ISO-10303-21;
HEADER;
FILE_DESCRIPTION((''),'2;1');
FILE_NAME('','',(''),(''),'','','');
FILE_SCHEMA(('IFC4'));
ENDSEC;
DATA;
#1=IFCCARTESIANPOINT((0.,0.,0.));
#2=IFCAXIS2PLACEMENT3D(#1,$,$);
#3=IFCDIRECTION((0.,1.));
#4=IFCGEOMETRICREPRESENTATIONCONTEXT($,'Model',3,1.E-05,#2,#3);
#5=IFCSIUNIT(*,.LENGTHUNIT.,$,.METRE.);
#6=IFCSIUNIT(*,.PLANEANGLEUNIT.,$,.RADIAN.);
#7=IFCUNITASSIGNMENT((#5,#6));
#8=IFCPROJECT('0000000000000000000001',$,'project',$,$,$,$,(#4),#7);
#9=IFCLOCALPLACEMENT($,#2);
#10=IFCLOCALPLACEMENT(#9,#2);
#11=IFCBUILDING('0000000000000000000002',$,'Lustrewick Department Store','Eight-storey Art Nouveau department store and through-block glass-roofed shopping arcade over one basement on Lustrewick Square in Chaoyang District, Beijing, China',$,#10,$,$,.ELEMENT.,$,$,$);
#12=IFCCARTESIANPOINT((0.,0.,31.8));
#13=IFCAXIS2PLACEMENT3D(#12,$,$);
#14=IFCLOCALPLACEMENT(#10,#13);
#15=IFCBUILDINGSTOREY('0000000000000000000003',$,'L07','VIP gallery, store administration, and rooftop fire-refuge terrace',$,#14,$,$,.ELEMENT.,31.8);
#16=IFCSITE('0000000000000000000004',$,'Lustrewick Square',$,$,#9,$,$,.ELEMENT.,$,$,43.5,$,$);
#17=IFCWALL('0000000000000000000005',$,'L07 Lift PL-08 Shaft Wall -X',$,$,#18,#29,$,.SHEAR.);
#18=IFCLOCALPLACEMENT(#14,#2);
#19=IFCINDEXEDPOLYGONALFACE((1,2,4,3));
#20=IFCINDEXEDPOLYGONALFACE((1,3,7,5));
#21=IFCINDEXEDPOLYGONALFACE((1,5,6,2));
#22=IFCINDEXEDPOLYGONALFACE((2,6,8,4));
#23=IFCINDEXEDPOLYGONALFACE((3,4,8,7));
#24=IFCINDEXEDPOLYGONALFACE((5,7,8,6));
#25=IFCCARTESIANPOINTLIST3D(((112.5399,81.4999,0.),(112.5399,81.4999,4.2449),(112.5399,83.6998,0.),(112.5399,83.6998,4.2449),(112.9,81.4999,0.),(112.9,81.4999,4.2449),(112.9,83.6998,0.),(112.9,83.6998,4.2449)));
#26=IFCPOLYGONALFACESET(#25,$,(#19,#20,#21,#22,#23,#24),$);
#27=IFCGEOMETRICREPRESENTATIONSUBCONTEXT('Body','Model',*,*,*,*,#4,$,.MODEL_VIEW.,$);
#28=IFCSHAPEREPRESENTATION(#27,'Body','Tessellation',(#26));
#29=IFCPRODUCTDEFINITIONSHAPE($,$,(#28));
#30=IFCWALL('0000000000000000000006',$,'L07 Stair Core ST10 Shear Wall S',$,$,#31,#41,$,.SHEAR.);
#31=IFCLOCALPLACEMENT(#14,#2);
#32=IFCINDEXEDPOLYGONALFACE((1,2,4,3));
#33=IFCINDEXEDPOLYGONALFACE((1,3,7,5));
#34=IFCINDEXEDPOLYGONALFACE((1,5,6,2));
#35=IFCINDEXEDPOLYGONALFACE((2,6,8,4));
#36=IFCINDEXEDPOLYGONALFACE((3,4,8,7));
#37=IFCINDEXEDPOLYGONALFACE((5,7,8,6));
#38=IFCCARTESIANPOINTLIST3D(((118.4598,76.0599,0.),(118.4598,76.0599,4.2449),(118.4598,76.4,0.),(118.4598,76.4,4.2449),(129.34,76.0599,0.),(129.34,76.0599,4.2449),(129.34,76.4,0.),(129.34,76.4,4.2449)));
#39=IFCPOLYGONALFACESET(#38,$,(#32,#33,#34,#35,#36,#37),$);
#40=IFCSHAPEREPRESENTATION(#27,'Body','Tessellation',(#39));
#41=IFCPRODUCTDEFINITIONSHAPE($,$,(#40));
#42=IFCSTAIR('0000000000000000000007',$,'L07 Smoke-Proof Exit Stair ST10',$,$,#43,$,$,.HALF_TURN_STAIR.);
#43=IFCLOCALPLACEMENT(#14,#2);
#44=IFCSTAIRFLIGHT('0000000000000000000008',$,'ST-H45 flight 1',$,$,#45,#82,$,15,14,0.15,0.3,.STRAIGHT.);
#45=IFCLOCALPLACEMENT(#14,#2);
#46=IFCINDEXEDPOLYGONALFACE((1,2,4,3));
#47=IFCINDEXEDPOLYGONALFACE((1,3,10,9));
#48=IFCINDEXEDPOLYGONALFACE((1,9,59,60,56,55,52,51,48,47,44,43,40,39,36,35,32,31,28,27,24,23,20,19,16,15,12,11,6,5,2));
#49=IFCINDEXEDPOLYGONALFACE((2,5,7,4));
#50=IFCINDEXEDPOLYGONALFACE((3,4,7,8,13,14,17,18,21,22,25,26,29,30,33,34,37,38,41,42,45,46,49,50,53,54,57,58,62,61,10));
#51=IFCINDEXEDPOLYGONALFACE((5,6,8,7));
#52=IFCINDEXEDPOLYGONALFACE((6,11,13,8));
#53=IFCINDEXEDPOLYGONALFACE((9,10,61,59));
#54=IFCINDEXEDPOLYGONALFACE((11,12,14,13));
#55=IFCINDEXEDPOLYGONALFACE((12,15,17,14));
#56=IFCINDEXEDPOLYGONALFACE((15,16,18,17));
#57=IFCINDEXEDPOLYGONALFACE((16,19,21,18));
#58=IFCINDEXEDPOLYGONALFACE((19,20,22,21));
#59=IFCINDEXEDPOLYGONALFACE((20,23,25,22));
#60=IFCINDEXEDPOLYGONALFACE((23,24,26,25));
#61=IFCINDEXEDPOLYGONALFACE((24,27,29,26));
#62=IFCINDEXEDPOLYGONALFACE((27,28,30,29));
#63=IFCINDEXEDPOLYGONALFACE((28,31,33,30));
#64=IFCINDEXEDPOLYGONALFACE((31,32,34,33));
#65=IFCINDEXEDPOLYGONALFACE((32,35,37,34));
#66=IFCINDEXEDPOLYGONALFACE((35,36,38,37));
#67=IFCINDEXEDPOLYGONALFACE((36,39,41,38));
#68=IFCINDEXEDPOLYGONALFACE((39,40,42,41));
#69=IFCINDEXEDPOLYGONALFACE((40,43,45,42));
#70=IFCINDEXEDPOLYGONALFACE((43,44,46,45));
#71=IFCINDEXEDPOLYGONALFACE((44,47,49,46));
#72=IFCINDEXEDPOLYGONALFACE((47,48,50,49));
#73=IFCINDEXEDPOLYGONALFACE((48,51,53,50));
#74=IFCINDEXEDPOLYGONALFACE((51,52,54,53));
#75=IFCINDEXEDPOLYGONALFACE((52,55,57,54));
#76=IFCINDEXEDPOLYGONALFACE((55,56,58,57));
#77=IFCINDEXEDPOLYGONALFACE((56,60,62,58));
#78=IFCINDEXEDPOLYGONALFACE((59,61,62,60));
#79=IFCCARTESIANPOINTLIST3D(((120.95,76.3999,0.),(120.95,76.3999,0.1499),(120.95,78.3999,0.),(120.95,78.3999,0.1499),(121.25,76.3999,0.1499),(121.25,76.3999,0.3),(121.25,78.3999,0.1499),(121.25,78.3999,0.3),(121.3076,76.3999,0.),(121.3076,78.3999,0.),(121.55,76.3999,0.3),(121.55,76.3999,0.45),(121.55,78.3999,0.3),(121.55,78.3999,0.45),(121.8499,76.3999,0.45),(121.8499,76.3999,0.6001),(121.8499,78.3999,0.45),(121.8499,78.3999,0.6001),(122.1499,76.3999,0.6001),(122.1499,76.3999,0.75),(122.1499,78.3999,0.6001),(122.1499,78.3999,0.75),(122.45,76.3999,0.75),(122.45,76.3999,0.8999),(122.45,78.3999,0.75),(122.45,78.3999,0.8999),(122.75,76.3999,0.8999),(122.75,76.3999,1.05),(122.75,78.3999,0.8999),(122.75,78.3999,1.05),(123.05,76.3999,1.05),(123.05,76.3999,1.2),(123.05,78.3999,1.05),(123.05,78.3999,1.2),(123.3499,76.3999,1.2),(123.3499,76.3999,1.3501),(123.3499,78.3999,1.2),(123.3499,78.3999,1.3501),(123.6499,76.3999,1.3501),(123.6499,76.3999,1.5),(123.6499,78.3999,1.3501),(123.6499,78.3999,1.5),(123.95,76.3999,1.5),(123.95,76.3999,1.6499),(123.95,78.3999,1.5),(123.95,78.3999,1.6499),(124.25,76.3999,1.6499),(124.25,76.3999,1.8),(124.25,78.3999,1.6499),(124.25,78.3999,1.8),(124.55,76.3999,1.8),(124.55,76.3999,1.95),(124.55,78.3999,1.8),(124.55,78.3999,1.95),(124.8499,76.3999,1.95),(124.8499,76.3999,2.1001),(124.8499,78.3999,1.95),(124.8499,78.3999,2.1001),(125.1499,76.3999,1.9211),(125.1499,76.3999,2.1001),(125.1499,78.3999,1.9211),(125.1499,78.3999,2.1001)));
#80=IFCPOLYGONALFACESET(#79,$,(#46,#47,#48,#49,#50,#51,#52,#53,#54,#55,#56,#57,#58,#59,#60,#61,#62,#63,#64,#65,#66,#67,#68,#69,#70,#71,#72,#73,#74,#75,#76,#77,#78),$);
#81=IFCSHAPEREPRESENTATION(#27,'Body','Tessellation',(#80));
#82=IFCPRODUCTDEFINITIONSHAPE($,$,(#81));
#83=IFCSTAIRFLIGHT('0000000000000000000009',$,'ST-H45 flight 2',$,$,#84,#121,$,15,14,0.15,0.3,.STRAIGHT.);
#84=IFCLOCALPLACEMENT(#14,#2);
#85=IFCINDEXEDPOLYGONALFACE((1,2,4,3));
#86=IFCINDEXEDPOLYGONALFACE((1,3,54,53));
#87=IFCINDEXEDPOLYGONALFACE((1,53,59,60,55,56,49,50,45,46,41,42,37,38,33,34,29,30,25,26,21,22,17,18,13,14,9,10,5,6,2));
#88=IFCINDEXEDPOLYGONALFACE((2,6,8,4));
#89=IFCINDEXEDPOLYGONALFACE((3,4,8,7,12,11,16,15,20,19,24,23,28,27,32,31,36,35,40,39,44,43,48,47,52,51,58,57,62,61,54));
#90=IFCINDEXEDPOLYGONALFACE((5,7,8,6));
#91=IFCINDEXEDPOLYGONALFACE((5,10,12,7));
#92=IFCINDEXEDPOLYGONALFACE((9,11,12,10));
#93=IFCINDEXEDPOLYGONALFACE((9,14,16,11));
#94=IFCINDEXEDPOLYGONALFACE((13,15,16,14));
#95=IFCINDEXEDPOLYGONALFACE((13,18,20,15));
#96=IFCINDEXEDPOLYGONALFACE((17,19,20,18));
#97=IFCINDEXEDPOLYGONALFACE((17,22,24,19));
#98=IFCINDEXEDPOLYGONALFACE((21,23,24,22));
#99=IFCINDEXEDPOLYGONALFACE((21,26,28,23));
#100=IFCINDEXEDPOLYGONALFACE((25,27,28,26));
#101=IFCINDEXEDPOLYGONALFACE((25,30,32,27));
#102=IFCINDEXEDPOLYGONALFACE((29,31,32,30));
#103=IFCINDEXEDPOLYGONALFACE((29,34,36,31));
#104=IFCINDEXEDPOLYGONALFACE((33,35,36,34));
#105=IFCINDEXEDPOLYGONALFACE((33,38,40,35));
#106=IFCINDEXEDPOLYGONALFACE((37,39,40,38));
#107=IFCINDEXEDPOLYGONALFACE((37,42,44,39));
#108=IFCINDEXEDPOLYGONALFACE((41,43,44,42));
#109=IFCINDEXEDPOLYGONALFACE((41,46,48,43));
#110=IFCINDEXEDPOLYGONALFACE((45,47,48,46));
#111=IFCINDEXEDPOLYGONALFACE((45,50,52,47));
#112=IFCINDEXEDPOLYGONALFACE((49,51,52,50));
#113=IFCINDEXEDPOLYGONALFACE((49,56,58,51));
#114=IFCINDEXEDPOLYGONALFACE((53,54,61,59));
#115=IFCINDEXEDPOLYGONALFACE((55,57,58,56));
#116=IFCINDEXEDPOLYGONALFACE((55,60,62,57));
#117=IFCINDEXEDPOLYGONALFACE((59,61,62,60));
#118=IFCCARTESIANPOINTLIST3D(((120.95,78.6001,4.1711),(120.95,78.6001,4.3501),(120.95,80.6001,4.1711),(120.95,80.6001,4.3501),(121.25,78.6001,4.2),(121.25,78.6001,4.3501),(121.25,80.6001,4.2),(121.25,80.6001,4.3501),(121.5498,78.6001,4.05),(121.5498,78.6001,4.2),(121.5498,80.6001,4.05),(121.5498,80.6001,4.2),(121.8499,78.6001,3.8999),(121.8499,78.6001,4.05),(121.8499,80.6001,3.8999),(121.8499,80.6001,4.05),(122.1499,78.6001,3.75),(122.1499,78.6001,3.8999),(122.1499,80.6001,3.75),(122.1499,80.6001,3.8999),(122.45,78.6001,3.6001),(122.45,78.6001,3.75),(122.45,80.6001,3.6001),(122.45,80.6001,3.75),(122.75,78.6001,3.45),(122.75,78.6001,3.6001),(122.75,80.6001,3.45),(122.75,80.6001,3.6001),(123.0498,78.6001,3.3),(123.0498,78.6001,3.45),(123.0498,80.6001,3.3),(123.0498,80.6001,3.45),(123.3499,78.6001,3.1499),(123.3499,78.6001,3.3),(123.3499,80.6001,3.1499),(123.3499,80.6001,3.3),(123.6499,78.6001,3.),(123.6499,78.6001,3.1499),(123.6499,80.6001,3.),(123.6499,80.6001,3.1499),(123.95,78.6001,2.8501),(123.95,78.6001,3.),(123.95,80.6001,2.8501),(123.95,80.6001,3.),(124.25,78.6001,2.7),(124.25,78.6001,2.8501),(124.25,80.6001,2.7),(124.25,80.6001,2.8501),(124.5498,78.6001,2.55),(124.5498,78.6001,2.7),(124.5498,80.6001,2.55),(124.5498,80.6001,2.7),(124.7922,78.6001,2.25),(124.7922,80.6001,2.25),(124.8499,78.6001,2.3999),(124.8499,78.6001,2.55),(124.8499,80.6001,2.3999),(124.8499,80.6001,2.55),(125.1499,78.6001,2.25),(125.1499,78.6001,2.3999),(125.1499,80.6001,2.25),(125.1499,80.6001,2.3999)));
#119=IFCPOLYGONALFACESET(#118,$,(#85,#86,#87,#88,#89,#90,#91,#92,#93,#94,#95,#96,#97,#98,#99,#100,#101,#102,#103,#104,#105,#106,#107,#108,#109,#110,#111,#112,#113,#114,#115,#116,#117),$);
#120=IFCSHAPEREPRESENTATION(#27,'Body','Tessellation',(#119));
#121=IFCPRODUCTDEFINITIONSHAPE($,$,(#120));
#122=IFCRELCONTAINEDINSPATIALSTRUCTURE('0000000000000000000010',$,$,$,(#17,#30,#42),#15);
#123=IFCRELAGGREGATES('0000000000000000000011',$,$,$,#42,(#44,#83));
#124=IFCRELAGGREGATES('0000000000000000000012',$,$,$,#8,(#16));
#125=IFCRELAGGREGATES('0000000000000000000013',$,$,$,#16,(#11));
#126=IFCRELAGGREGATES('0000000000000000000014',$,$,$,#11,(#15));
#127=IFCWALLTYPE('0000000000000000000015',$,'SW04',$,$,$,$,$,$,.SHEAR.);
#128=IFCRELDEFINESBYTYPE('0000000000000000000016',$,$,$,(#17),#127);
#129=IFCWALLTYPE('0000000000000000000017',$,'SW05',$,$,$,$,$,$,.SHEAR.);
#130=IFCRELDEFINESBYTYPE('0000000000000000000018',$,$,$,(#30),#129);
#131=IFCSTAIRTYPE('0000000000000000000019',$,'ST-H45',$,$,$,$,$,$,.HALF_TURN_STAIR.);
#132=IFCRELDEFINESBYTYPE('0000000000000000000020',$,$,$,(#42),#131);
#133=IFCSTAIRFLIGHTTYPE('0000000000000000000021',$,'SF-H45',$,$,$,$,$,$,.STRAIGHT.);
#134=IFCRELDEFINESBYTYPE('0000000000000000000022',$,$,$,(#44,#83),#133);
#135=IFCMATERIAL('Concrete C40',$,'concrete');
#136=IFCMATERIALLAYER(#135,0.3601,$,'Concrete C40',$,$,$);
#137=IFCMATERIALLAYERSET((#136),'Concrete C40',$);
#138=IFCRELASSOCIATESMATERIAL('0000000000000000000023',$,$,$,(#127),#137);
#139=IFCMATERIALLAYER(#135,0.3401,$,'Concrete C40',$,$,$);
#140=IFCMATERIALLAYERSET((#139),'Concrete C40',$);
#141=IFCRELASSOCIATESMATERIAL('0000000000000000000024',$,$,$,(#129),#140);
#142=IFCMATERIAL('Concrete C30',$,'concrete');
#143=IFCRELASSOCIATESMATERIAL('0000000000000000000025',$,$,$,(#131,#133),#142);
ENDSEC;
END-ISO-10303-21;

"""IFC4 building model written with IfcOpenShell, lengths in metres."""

from ifc_helpers import new_model, si_unit, direction, frame, frame_2d, origin, place, context, subcontext, project, spatial, polyline, rectangle, outline, extrude, material, layer, layer_set, type_object, element, aggregate, save


model = new_model("IFC4")

# Units and contexts
model_context = context("Model", 3, precision=1e-05, world=origin(), true_north=direction((0.0, 1.0)))
body_context = subcontext(model_context, "Body", "Model", "MODEL_VIEW")
ifc_project = project(units=[si_unit("LENGTHUNIT", "METRE"), si_unit("PLANEANGLEUNIT", "RADIAN")], contexts=[model_context])

# Site, building, storey
site_placement = place(None, origin())
site = spatial("IfcSite", under=ifc_project, at=site_placement, Name="Lustrewick Square", CompositionType="ELEMENT", RefElevation=43.5)
building_placement = place(site_placement, origin())
building = spatial("IfcBuilding", under=site, at=building_placement, Name="Lustrewick Department Store", Description="Eight-storey Art Nouveau department store and through-block glass-roofed shopping arcade over one basement on Lustrewick Square in Chaoyang District, Beijing, China", CompositionType="ELEMENT")
storey_placement = place(building_placement, frame((0.0, 0.0, 31.8)))
storey = spatial("IfcBuildingStorey", under=building, at=storey_placement, Name="L07", Description="VIP gallery, store administration, and rooftop fire-refuge terrace", CompositionType="ELEMENT", Elevation=31.8)

# Shared definitions
ifc_material_1 = material(Name="Concrete C40", Category="concrete")
ifc_layer_1 = layer(ifc_material_1, 0.3601, Name="Concrete C40")
ifc_layer_set_1 = layer_set([ifc_layer_1], Name="Concrete C40")
wall_type_1 = type_object("IfcWallType", Name="SW04", PredefinedType="SHEAR", material=ifc_layer_set_1)

# Walls
wall_1_placement = place(storey_placement, frame((112.72, 83.7, 0.0), z_axis=(0.0, 0.0, 1.0), x_axis=(0.0, -1.0, 0.0)))
element("IfcWall", 1, at=wall_1_placement, inside=storey, type_object=wall_type_1, Name="L07 Lift PL-08 Shaft Wall -X", PredefinedType="SHEAR", context=body_context, shape_type="SweptSolid", body=[
    extrude(rectangle(XDim=2.2, YDim=0.3601, at=frame_2d((1.1001, 0.0))), origin(), (0.0, 0.0, 1.0), 4.2449),
])
ifc_layer_2 = layer(ifc_material_1, 0.3401, Name="Concrete C40")
ifc_layer_set_2 = layer_set([ifc_layer_2], Name="Concrete C40")
wall_type_2 = type_object("IfcWallType", Name="SW05", PredefinedType="SHEAR", material=ifc_layer_set_2)
wall_2_placement = place(storey_placement, frame((118.46, 76.23, 0.0), z_axis=(0.0, 0.0, 1.0), x_axis=(1.0, 0.0, 0.0)))
element("IfcWall", 2, at=wall_2_placement, inside=storey, type_object=wall_type_2, Name="L07 Stair Core ST10 Shear Wall S", PredefinedType="SHEAR", context=body_context, shape_type="SweptSolid", body=[
    extrude(rectangle(XDim=10.8801, YDim=0.3401, at=frame_2d((5.4399, 0.0))), origin(), (0.0, 0.0, 1.0), 4.2449),
])

# Stair, stair flights
ifc_material_2 = material(Name="Concrete C30", Category="concrete")
stair_type = type_object("IfcStairType", Name="ST-H45", PredefinedType="HALF_TURN_STAIR", material=ifc_material_2)
stair_placement = place(storey_placement, origin())
stair = element("IfcStair", 3, at=stair_placement, inside=storey, type_object=stair_type, Name="L07 Smoke-Proof Exit Stair ST10", PredefinedType="HALF_TURN_STAIR")
stair_flight_type = type_object("IfcStairFlightType", Name="SF-H45", PredefinedType="STRAIGHT", material=ifc_material_2)
stair_flight_1_placement = place(storey_placement, frame((120.95, 77.3999, 0.0), z_axis=(0.0, 0.0, 1.0), x_axis=(1.0, 0.0, 0.0)))
stair_flight_1 = element("IfcStairFlight", 4, at=stair_flight_1_placement, type_object=stair_flight_type, Name="ST-H45 flight 1", NumberOfRisers=15, NumberOfTreads=14, PredefinedType="STRAIGHT", RiserHeight=0.15, TreadLength=0.3, context=body_context, shape_type="SweptSolid", body=[
    extrude(outline(polyline([(0.0, 0.0), (0.0, 0.1499), (0.3, 0.1499), (0.3, 0.3), (0.6001, 0.3), (0.6001, 0.45), (0.8999, 0.45), (0.8999, 0.6001), (1.2, 0.6001), (1.2, 0.75), (1.5, 0.75), (1.5, 0.8999), (1.8, 0.8999), (1.8, 1.05), (2.1001, 1.05), (2.1001, 1.2), (2.3999, 1.2), (2.3999, 1.3501), (2.7, 1.3501), (2.7, 1.5), (3.0, 1.5), (3.0, 1.6499), (3.3, 1.6499), (3.3, 1.8), (3.6001, 1.8), (3.6001, 1.95), (3.8999, 1.95), (3.8999, 2.1001), (4.2, 2.1001), (4.2, 2.25), (4.2, 1.9211), (0.3577, 0.0), (0.0, 0.0)])), frame((0.0, 1.0, 0.0), z_axis=(0.0, -1.0, 0.0), x_axis=(1.0, 0.0, 0.0)), (0.0, 0.0, 1.0), 2.0),
])
stair_flight_2_placement = place(storey_placement, frame((125.1499, 79.6001, 2.25), z_axis=(0.0, 0.0, 1.0), x_axis=(-1.0, 0.0, 0.0)))
stair_flight_2 = element("IfcStairFlight", 5, at=stair_flight_2_placement, type_object=stair_flight_type, Name="ST-H45 flight 2", NumberOfRisers=15, NumberOfTreads=14, PredefinedType="STRAIGHT", RiserHeight=0.15, TreadLength=0.3, context=body_context, shape_type="SweptSolid", body=[
    extrude(outline(polyline([(0.0, 0.0), (0.0, 0.1499), (0.3, 0.1499), (0.3, 0.3), (0.6001, 0.3), (0.6001, 0.45), (0.8999, 0.45), (0.8999, 0.6001), (1.2, 0.6001), (1.2, 0.75), (1.5, 0.75), (1.5, 0.8999), (1.8, 0.8999), (1.8, 1.05), (2.1001, 1.05), (2.1001, 1.2), (2.3999, 1.2), (2.3999, 1.3501), (2.7, 1.3501), (2.7, 1.5), (3.0, 1.5), (3.0, 1.6499), (3.3, 1.6499), (3.3, 1.8), (3.6001, 1.8), (3.6001, 1.95), (3.8999, 1.95), (3.8999, 2.1001), (4.2, 2.1001), (4.2, 2.25), (4.2, 1.9211), (0.3577, 0.0), (0.0, 0.0)])), frame((0.0, 1.0, 0.0), z_axis=(0.0, -1.0, 0.0), x_axis=(1.0, 0.0, 0.0)), (0.0, 0.0, 1.0), 2.0),
])
aggregate(stair, [stair_flight_1, stair_flight_2])

save(model, "model.ifc")
